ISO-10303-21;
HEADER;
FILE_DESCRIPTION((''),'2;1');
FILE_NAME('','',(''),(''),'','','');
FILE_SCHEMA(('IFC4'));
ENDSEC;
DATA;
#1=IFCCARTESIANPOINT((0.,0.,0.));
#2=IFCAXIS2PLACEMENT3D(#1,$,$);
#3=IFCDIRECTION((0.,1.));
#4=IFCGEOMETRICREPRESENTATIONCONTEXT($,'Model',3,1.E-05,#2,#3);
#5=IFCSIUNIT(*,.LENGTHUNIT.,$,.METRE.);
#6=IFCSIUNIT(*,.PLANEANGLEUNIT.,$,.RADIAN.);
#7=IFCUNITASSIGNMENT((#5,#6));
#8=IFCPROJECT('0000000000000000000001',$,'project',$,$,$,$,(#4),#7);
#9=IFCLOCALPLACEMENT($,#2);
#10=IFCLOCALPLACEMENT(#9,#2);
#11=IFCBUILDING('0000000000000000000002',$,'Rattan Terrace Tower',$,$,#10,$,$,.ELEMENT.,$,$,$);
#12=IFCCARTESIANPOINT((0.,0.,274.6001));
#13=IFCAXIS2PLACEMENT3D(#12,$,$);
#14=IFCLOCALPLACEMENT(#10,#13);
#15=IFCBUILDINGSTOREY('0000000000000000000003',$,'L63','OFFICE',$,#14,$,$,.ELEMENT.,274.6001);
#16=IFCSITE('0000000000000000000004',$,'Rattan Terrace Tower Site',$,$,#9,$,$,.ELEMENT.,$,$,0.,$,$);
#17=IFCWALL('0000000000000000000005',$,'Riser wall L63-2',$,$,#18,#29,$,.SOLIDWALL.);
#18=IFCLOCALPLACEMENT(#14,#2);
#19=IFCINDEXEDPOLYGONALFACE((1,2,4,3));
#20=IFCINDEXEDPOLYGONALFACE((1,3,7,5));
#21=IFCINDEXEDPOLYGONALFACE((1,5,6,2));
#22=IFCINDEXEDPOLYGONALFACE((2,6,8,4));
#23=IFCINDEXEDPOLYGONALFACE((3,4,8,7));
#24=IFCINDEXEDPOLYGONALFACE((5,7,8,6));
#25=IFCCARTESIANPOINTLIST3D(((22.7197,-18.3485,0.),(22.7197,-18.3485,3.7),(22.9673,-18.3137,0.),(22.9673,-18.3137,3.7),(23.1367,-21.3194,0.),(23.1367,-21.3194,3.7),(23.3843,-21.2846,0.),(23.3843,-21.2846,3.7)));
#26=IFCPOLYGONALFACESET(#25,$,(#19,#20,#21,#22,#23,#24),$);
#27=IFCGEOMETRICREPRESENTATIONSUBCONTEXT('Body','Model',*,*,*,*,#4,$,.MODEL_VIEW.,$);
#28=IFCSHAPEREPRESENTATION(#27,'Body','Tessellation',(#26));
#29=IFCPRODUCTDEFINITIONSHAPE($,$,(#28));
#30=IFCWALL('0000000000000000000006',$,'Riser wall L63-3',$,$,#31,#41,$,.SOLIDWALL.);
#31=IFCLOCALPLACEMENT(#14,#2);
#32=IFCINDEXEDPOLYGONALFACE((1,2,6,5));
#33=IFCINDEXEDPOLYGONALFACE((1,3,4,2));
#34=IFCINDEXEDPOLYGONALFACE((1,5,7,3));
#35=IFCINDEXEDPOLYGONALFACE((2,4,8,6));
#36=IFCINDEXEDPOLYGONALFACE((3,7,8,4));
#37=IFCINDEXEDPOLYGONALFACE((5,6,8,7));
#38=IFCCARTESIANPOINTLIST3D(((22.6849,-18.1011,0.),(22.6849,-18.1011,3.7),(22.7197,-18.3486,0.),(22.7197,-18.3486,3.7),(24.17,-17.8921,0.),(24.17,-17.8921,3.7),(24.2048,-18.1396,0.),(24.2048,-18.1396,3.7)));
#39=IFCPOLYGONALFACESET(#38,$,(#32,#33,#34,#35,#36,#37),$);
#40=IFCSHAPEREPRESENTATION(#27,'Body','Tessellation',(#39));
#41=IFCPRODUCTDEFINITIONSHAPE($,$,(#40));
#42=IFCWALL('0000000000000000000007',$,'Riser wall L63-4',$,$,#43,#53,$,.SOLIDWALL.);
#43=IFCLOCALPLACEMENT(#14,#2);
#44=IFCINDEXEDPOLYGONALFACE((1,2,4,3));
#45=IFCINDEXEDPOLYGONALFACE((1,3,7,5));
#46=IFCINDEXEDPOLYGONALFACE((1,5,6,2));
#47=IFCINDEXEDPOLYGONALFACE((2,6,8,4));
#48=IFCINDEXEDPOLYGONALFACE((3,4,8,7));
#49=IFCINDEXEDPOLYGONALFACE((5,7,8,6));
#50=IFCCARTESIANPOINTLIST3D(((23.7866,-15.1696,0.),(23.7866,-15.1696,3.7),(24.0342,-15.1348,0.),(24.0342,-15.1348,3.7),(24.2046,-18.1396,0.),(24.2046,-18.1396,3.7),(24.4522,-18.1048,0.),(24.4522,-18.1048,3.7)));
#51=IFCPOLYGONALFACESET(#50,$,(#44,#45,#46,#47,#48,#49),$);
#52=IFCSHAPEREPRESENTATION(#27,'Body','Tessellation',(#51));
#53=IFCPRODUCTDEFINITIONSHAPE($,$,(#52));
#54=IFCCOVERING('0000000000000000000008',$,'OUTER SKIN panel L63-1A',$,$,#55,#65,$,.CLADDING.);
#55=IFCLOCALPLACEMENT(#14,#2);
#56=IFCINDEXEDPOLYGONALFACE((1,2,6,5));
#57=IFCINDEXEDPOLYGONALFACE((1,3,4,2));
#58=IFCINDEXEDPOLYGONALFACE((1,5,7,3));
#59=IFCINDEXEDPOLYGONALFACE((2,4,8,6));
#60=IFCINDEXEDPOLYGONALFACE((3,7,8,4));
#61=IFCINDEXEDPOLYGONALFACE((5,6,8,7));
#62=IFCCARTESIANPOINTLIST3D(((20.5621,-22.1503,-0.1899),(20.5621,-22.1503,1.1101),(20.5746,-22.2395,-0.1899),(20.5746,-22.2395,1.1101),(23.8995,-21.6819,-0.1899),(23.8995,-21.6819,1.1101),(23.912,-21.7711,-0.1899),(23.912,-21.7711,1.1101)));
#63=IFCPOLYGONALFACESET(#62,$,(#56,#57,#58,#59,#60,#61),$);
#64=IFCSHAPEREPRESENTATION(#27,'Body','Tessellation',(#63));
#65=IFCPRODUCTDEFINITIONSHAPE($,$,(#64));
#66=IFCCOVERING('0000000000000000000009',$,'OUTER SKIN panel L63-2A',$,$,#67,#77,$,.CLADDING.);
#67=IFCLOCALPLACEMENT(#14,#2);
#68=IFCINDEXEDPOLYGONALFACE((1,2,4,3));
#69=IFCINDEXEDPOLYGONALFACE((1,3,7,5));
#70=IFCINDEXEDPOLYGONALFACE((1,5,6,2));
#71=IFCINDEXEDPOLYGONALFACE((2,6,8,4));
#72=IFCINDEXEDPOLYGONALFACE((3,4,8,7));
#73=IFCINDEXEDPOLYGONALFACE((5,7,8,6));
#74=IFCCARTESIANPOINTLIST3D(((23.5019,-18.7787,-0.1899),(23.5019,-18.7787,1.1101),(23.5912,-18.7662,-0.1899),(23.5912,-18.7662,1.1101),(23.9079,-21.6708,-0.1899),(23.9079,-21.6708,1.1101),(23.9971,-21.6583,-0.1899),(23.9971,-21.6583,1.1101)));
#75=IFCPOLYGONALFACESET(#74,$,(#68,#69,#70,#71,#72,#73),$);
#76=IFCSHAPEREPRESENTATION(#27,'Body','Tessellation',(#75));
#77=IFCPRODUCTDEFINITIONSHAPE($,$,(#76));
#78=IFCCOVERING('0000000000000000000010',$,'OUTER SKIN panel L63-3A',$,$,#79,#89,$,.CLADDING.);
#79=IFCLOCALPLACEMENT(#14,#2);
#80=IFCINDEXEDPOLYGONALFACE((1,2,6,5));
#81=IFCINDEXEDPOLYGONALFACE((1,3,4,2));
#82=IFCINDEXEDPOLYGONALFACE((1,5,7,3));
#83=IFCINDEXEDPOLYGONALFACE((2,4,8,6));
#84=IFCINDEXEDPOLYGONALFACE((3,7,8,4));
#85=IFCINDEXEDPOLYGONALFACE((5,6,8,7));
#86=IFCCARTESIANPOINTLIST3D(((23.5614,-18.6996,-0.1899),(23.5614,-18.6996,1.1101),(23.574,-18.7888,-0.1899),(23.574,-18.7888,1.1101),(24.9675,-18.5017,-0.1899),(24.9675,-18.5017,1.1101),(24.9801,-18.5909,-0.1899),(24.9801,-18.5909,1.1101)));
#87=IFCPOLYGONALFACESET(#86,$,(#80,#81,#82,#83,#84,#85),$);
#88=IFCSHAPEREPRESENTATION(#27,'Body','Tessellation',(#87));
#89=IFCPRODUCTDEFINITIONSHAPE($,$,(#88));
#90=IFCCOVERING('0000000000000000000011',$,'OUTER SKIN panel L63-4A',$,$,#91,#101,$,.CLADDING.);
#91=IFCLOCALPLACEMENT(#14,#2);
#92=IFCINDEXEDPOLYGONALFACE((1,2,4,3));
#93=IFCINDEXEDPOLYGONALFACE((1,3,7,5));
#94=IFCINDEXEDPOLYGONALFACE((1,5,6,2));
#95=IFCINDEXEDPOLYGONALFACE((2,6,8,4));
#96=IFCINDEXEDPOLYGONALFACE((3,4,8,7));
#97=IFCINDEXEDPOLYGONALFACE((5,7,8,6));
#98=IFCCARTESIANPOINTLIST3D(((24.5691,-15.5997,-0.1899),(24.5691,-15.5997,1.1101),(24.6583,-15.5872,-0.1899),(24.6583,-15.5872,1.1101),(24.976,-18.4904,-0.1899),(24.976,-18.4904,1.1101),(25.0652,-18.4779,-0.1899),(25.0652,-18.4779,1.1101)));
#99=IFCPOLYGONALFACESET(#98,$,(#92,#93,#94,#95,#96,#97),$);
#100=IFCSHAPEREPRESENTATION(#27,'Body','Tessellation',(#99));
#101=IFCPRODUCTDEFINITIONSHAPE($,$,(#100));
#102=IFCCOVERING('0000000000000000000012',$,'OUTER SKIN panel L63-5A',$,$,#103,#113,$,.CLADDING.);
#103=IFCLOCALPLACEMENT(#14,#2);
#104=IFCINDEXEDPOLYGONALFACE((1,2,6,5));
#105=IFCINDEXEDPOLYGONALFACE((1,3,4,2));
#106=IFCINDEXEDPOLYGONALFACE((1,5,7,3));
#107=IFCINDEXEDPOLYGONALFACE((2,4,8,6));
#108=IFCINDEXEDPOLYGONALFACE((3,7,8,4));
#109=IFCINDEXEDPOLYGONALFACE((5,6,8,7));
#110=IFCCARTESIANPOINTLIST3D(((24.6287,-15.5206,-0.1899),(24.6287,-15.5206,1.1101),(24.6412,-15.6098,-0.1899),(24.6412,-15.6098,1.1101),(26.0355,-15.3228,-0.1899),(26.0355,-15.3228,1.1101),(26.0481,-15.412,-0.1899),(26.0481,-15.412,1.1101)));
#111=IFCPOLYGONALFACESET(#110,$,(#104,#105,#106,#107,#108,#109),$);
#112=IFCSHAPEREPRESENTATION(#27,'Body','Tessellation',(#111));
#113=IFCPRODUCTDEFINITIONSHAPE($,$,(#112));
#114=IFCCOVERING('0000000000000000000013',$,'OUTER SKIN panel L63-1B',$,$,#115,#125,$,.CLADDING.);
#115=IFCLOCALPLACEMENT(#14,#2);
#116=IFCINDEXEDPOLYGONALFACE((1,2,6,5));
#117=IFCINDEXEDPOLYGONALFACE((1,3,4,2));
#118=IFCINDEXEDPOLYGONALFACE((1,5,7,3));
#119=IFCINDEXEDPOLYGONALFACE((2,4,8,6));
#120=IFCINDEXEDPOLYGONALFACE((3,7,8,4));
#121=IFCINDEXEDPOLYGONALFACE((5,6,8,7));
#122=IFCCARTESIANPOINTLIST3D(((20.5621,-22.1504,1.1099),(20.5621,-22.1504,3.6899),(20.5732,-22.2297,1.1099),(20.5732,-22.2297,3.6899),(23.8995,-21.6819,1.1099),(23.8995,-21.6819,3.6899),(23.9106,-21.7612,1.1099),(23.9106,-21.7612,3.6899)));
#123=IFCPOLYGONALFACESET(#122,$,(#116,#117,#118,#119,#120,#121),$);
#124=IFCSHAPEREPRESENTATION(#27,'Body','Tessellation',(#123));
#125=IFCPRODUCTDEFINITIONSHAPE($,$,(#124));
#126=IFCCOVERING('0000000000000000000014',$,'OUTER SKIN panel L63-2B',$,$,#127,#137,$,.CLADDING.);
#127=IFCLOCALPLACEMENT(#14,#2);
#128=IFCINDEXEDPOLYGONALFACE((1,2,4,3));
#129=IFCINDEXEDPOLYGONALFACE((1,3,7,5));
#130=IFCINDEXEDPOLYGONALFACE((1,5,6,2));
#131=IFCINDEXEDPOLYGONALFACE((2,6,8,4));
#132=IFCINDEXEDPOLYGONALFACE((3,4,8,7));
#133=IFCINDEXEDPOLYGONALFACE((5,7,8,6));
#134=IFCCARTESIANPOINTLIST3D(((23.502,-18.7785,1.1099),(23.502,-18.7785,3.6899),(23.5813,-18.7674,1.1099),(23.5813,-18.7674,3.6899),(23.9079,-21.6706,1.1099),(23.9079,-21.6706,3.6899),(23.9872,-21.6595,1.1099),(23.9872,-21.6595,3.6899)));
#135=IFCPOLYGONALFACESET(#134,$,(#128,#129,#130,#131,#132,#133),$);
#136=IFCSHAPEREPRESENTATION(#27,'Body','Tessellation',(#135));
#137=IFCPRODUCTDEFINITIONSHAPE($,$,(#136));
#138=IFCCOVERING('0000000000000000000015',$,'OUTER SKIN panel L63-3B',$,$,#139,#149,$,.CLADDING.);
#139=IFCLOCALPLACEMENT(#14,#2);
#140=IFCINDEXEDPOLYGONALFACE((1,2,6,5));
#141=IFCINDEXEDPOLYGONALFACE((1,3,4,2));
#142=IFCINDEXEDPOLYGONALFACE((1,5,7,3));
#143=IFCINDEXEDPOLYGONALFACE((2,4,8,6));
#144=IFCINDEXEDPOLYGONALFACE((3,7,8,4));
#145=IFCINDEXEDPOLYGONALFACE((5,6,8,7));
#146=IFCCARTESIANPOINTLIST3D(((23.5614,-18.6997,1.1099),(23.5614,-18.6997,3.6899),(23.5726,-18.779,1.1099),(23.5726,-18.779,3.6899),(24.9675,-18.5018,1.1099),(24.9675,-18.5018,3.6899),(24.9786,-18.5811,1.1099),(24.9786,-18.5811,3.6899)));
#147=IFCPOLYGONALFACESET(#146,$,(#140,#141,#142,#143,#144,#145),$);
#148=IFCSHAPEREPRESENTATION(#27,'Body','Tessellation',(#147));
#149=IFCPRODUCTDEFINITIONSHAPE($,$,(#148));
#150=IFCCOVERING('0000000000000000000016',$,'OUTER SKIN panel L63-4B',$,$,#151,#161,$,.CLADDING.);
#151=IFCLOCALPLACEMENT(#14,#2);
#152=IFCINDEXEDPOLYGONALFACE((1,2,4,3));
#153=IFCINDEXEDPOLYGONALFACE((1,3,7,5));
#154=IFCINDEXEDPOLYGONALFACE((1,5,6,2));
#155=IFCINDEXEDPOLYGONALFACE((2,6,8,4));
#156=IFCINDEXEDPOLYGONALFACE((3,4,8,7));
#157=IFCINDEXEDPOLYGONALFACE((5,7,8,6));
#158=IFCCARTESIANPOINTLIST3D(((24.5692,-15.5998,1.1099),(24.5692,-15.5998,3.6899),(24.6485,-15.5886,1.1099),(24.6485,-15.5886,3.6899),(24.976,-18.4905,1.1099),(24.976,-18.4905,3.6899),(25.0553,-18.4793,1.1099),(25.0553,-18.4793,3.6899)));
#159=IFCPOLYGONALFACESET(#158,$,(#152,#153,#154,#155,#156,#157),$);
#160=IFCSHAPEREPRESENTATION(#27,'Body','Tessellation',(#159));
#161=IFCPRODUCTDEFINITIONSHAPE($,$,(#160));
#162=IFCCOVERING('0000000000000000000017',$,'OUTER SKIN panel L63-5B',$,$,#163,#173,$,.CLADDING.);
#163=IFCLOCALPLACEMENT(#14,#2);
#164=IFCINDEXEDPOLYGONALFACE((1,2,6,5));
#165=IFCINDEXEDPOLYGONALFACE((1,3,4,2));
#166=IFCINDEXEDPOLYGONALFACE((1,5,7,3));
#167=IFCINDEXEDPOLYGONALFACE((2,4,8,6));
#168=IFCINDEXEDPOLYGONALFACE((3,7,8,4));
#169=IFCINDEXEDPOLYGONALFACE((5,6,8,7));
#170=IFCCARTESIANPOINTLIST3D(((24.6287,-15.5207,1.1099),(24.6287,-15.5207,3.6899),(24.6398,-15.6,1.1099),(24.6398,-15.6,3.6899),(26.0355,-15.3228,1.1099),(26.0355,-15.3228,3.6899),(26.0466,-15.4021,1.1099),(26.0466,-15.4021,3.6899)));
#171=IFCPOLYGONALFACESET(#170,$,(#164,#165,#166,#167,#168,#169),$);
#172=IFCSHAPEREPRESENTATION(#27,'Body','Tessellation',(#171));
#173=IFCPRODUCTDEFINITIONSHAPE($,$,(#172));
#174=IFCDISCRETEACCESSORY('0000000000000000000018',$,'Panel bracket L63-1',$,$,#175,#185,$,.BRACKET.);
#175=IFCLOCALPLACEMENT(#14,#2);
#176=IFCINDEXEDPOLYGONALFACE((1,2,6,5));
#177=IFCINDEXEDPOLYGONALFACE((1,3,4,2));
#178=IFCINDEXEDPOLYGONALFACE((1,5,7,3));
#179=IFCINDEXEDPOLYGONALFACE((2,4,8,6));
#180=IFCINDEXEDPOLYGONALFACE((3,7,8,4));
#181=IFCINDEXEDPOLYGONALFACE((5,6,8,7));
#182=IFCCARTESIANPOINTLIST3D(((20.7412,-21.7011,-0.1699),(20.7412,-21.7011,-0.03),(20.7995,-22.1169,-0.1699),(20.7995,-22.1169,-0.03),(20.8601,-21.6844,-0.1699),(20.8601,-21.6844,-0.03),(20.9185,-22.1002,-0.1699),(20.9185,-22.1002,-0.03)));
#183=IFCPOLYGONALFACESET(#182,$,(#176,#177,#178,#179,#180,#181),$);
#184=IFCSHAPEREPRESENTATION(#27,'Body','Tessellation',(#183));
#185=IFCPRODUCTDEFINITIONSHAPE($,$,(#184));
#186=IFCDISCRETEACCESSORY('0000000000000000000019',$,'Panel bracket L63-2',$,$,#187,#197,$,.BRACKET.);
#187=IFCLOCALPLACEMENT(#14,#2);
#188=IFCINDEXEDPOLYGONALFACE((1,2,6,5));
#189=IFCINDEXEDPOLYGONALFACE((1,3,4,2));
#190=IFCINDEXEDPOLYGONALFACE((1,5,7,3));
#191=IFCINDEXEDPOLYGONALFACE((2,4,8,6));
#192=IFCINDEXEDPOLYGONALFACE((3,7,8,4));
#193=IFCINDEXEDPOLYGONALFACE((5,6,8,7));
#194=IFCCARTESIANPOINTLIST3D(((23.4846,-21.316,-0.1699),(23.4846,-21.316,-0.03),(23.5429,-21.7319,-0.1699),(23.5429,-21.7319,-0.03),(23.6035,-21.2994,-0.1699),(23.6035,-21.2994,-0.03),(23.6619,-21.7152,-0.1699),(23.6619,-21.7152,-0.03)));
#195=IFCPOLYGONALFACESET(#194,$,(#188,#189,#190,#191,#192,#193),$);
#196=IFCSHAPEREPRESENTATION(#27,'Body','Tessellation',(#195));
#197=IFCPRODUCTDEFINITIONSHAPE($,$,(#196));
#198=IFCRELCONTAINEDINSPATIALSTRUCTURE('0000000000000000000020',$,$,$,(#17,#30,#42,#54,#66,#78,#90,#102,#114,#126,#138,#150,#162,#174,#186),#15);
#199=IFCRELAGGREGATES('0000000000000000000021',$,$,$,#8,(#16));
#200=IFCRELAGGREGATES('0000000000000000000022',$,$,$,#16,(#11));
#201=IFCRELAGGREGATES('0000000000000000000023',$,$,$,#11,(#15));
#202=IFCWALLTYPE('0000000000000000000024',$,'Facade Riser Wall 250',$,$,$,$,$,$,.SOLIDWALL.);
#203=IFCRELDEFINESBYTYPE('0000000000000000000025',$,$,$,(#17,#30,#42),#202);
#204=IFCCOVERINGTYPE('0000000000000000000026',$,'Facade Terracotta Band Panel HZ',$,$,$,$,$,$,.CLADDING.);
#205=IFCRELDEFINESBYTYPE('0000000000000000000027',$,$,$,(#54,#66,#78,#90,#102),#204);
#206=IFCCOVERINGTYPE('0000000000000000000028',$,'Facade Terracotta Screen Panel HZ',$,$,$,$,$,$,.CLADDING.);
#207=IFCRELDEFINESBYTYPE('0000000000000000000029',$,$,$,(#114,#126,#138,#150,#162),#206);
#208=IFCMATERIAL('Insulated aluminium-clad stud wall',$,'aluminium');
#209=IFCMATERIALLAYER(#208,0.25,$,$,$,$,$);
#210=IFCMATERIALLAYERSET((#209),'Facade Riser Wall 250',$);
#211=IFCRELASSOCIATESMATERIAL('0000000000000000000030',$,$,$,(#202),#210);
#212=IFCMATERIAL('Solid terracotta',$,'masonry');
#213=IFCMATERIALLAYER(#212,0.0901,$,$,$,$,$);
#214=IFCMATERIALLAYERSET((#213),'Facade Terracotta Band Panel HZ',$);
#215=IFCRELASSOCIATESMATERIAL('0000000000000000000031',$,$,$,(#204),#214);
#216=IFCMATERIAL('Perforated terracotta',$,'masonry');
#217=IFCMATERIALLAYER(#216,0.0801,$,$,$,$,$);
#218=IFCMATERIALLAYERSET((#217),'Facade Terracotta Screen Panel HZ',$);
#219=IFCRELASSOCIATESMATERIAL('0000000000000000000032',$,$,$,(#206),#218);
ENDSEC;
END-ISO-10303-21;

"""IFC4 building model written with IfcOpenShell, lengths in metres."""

from ifc_helpers import new_model, si_unit, direction, frame, frame_2d, origin, origin_2d, place, context, subcontext, project, spatial, rectangle, extrude, material, layer, layer_set, type_object, element, save


model = new_model("IFC4")

# Units and contexts
model_context = context("Model", 3, precision=1e-05, world=origin(), true_north=direction((0.0, 1.0)))
body_context = subcontext(model_context, "Body", "Model", "MODEL_VIEW")
ifc_project = project(units=[si_unit("LENGTHUNIT", "METRE"), si_unit("PLANEANGLEUNIT", "RADIAN")], contexts=[model_context])

# Site, building, storey
site_placement = place(None, origin())
site = spatial("IfcSite", under=ifc_project, at=site_placement, Name="Rattan Terrace Tower Site", CompositionType="ELEMENT", RefElevation=0.0)
building_placement = place(site_placement, origin())
building = spatial("IfcBuilding", under=site, at=building_placement, Name="Rattan Terrace Tower", CompositionType="ELEMENT")
storey_placement = place(building_placement, frame((0.0, 0.0, 274.6001)))
storey = spatial("IfcBuildingStorey", under=building, at=storey_placement, Name="L63", Description="OFFICE", CompositionType="ELEMENT", Elevation=274.6001)

# Walls
ifc_material_1 = material(Name="Insulated aluminium-clad stud wall", Category="aluminium")
ifc_layer_1 = layer(ifc_material_1, 0.25)
ifc_layer_set_1 = layer_set([ifc_layer_1], Name="Facade Riser Wall 250")
wall_type = type_object("IfcWallType", Name="Facade Riser Wall 250", PredefinedType="SOLIDWALL", material=ifc_layer_set_1)
wall_1_placement = place(storey_placement, frame((23.2605, -21.302, 0.0), z_axis=(0.0, 0.0, 1.0), x_axis=(-0.138994, 0.990293, 0.0)))
element("IfcWall", 1, at=wall_1_placement, inside=storey, type_object=wall_type, Name="Riser wall L63-2", PredefinedType="SOLIDWALL", context=body_context, shape_type="SweptSolid", body=[
    extrude(rectangle(XDim=3.0, YDim=0.25, at=frame_2d((1.5, 0.0))), origin(), (0.0, 0.0, 1.0), 3.7),
])
wall_2_placement = place(storey_placement, frame((22.7021, -18.2249, 0.0), z_axis=(0.0, 0.0, 1.0), x_axis=(0.990244, 0.139347, 0.0)))
element("IfcWall", 2, at=wall_2_placement, inside=storey, type_object=wall_type, Name="Riser wall L63-3", PredefinedType="SOLIDWALL", context=body_context, shape_type="SweptSolid", body=[
    extrude(rectangle(XDim=1.4998, YDim=0.25, at=frame_2d((0.75, 0.0))), origin(), (0.0, 0.0, 1.0), 3.7),
])
wall_3_placement = place(storey_placement, frame((24.3284, -18.1221, 0.0), z_axis=(0.0, 0.0, 1.0), x_axis=(-0.139358, 0.990242, 0.0)))
element("IfcWall", 3, at=wall_3_placement, inside=storey, type_object=wall_type, Name="Riser wall L63-4", PredefinedType="SOLIDWALL", context=body_context, shape_type="SweptSolid", body=[
    extrude(rectangle(XDim=2.9993, YDim=0.25, at=frame_2d((1.4995, 0.0))), origin(), (0.0, 0.0, 1.0), 3.7),
])

# Coverings
ifc_material_2 = material(Name="Solid terracotta", Category="masonry")
ifc_layer_2 = layer(ifc_material_2, 0.0901)
ifc_layer_set_2 = layer_set([ifc_layer_2], Name="Facade Terracotta Band Panel HZ")
covering_type_1 = type_object("IfcCoveringType", Name="Facade Terracotta Band Panel HZ", PredefinedType="CLADDING", material=ifc_layer_set_2)
covering_1_placement = place(storey_placement, frame((22.2371, -21.9607, -0.1899), z_axis=(0.0, 0.0, 1.0), x_axis=(0.990293, 0.138994, 0.0)))
element("IfcCovering", 4, at=covering_1_placement, inside=storey, type_object=covering_type_1, Name="OUTER SKIN panel L63-1A", PredefinedType="CLADDING", context=body_context, shape_type="SweptSolid", body=[
    extrude(rectangle(XDim=3.3701, YDim=0.0901, at=origin_2d()), origin(), (0.0, 0.0, 1.0), 1.3),
])
covering_2_placement = place(storey_placement, frame((23.7495, -20.2185, -0.1899), z_axis=(0.0, 0.0, 1.0), x_axis=(-0.138994, 0.990293, 0.0)))
element("IfcCovering", 5, at=covering_2_placement, inside=storey, type_object=covering_type_1, Name="OUTER SKIN panel L63-2A", PredefinedType="CLADDING", context=body_context, shape_type="SweptSolid", body=[
    extrude(rectangle(XDim=2.9204, YDim=0.0901, at=origin_2d()), origin(), (0.0, 0.0, 1.0), 1.3),
])
covering_3_placement = place(storey_placement, frame((24.2708, -18.6453, -0.1899), z_axis=(0.0, 0.0, 1.0), x_axis=(0.990241, 0.139367, 0.0)))
element("IfcCovering", 6, at=covering_3_placement, inside=storey, type_object=covering_type_1, Name="OUTER SKIN panel L63-3A", PredefinedType="CLADDING", context=body_context, shape_type="SweptSolid", body=[
    extrude(rectangle(XDim=1.4199, YDim=0.0901, at=origin_2d()), origin(), (0.0, 0.0, 1.0), 1.3),
])
covering_4_placement = place(storey_placement, frame((24.8171, -17.0388, -0.1899), z_axis=(0.0, 0.0, 1.0), x_axis=(-0.139367, 0.990241, 0.0)))
element("IfcCovering", 7, at=covering_4_placement, inside=storey, type_object=covering_type_1, Name="OUTER SKIN panel L63-4A", PredefinedType="CLADDING", context=body_context, shape_type="SweptSolid", body=[
    extrude(rectangle(XDim=2.9192, YDim=0.0901, at=origin_2d()), origin(), (0.0, 0.0, 1.0), 1.3),
])
covering_5_placement = place(storey_placement, frame((25.3384, -15.4663, -0.1899), z_axis=(0.0, 0.0, 1.0), x_axis=(0.990254, 0.139275, 0.0)))
element("IfcCovering", 8, at=covering_5_placement, inside=storey, type_object=covering_type_1, Name="OUTER SKIN panel L63-5A", PredefinedType="CLADDING", context=body_context, shape_type="SweptSolid", body=[
    extrude(rectangle(XDim=1.4207, YDim=0.0901, at=origin_2d()), origin(), (0.0, 0.0, 1.0), 1.3),
])
ifc_material_3 = material(Name="Perforated terracotta", Category="masonry")
ifc_layer_3 = layer(ifc_material_3, 0.0801)
ifc_layer_set_3 = layer_set([ifc_layer_3], Name="Facade Terracotta Screen Panel HZ")
covering_type_2 = type_object("IfcCoveringType", Name="Facade Terracotta Screen Panel HZ", PredefinedType="CLADDING", material=ifc_layer_set_3)
covering_6_placement = place(storey_placement, frame((22.2363, -21.9558, 1.1099), z_axis=(0.0, 0.0, 1.0), x_axis=(0.990293, 0.138994, 0.0)))
element("IfcCovering", 9, at=covering_6_placement, inside=storey, type_object=covering_type_2, Name="OUTER SKIN panel L63-1B", PredefinedType="CLADDING", context=body_context, shape_type="SweptSolid", body=[
    extrude(rectangle(XDim=3.3701, YDim=0.0801, at=origin_2d()), origin(), (0.0, 0.0, 1.0), 2.5801),
])
covering_7_placement = place(storey_placement, frame((23.7446, -20.219, 1.1099), z_axis=(0.0, 0.0, 1.0), x_axis=(-0.138994, 0.990293, 0.0)))
element("IfcCovering", 10, at=covering_7_placement, inside=storey, type_object=covering_type_2, Name="OUTER SKIN panel L63-2B", PredefinedType="CLADDING", context=body_context, shape_type="SweptSolid", body=[
    extrude(rectangle(XDim=2.9204, YDim=0.0801, at=origin_2d()), origin(), (0.0, 0.0, 1.0), 2.5801),
])
covering_8_placement = place(storey_placement, frame((24.27, -18.6404, 1.1099), z_axis=(0.0, 0.0, 1.0), x_axis=(0.990241, 0.139367, 0.0)))
element("IfcCovering", 11, at=covering_8_placement, inside=storey, type_object=covering_type_2, Name="OUTER SKIN panel L63-3B", PredefinedType="CLADDING", context=body_context, shape_type="SweptSolid", body=[
    extrude(rectangle(XDim=1.4199, YDim=0.0801, at=origin_2d()), origin(), (0.0, 0.0, 1.0), 2.5801),
])
covering_9_placement = place(storey_placement, frame((24.8123, -17.0396, 1.1099), z_axis=(0.0, 0.0, 1.0), x_axis=(-0.139367, 0.990241, 0.0)))
element("IfcCovering", 12, at=covering_9_placement, inside=storey, type_object=covering_type_2, Name="OUTER SKIN panel L63-4B", PredefinedType="CLADDING", context=body_context, shape_type="SweptSolid", body=[
    extrude(rectangle(XDim=2.9192, YDim=0.0801, at=origin_2d()), origin(), (0.0, 0.0, 1.0), 2.5801),
])
covering_10_placement = place(storey_placement, frame((25.3376, -15.4614, 1.1099), z_axis=(0.0, 0.0, 1.0), x_axis=(0.990254, 0.139275, 0.0)))
element("IfcCovering", 13, at=covering_10_placement, inside=storey, type_object=covering_type_2, Name="OUTER SKIN panel L63-5B", PredefinedType="CLADDING", context=body_context, shape_type="SweptSolid", body=[
    extrude(rectangle(XDim=1.4207, YDim=0.0801, at=origin_2d()), origin(), (0.0, 0.0, 1.0), 2.5801),
])

# Discrete accessories
for number, where, z_axis, x_axis, name in (
    (14, (20.8298, -21.9006, -0.1699), (0.0, 0.0, 1.0), (0.990293, 0.138994, 0.0), "Panel bracket L63-1"),
    (15, (23.5732, -21.5156, -0.1699), (0.0, 0.0, 1.0), (0.990293, 0.138994, 0.0), "Panel bracket L63-2"),
):
    element("IfcDiscreteAccessory", number, at=place(storey_placement, frame(where, z_axis=z_axis, x_axis=x_axis)), inside=storey, Name=name, PredefinedType="BRACKET", context=body_context, shape_type="SweptSolid", body=[
        extrude(rectangle(XDim=0.1201, YDim=0.4199, at=origin_2d()), origin(), (0.0, 0.0, 1.0), 0.1399),
    ])

save(model, "model.ifc")
